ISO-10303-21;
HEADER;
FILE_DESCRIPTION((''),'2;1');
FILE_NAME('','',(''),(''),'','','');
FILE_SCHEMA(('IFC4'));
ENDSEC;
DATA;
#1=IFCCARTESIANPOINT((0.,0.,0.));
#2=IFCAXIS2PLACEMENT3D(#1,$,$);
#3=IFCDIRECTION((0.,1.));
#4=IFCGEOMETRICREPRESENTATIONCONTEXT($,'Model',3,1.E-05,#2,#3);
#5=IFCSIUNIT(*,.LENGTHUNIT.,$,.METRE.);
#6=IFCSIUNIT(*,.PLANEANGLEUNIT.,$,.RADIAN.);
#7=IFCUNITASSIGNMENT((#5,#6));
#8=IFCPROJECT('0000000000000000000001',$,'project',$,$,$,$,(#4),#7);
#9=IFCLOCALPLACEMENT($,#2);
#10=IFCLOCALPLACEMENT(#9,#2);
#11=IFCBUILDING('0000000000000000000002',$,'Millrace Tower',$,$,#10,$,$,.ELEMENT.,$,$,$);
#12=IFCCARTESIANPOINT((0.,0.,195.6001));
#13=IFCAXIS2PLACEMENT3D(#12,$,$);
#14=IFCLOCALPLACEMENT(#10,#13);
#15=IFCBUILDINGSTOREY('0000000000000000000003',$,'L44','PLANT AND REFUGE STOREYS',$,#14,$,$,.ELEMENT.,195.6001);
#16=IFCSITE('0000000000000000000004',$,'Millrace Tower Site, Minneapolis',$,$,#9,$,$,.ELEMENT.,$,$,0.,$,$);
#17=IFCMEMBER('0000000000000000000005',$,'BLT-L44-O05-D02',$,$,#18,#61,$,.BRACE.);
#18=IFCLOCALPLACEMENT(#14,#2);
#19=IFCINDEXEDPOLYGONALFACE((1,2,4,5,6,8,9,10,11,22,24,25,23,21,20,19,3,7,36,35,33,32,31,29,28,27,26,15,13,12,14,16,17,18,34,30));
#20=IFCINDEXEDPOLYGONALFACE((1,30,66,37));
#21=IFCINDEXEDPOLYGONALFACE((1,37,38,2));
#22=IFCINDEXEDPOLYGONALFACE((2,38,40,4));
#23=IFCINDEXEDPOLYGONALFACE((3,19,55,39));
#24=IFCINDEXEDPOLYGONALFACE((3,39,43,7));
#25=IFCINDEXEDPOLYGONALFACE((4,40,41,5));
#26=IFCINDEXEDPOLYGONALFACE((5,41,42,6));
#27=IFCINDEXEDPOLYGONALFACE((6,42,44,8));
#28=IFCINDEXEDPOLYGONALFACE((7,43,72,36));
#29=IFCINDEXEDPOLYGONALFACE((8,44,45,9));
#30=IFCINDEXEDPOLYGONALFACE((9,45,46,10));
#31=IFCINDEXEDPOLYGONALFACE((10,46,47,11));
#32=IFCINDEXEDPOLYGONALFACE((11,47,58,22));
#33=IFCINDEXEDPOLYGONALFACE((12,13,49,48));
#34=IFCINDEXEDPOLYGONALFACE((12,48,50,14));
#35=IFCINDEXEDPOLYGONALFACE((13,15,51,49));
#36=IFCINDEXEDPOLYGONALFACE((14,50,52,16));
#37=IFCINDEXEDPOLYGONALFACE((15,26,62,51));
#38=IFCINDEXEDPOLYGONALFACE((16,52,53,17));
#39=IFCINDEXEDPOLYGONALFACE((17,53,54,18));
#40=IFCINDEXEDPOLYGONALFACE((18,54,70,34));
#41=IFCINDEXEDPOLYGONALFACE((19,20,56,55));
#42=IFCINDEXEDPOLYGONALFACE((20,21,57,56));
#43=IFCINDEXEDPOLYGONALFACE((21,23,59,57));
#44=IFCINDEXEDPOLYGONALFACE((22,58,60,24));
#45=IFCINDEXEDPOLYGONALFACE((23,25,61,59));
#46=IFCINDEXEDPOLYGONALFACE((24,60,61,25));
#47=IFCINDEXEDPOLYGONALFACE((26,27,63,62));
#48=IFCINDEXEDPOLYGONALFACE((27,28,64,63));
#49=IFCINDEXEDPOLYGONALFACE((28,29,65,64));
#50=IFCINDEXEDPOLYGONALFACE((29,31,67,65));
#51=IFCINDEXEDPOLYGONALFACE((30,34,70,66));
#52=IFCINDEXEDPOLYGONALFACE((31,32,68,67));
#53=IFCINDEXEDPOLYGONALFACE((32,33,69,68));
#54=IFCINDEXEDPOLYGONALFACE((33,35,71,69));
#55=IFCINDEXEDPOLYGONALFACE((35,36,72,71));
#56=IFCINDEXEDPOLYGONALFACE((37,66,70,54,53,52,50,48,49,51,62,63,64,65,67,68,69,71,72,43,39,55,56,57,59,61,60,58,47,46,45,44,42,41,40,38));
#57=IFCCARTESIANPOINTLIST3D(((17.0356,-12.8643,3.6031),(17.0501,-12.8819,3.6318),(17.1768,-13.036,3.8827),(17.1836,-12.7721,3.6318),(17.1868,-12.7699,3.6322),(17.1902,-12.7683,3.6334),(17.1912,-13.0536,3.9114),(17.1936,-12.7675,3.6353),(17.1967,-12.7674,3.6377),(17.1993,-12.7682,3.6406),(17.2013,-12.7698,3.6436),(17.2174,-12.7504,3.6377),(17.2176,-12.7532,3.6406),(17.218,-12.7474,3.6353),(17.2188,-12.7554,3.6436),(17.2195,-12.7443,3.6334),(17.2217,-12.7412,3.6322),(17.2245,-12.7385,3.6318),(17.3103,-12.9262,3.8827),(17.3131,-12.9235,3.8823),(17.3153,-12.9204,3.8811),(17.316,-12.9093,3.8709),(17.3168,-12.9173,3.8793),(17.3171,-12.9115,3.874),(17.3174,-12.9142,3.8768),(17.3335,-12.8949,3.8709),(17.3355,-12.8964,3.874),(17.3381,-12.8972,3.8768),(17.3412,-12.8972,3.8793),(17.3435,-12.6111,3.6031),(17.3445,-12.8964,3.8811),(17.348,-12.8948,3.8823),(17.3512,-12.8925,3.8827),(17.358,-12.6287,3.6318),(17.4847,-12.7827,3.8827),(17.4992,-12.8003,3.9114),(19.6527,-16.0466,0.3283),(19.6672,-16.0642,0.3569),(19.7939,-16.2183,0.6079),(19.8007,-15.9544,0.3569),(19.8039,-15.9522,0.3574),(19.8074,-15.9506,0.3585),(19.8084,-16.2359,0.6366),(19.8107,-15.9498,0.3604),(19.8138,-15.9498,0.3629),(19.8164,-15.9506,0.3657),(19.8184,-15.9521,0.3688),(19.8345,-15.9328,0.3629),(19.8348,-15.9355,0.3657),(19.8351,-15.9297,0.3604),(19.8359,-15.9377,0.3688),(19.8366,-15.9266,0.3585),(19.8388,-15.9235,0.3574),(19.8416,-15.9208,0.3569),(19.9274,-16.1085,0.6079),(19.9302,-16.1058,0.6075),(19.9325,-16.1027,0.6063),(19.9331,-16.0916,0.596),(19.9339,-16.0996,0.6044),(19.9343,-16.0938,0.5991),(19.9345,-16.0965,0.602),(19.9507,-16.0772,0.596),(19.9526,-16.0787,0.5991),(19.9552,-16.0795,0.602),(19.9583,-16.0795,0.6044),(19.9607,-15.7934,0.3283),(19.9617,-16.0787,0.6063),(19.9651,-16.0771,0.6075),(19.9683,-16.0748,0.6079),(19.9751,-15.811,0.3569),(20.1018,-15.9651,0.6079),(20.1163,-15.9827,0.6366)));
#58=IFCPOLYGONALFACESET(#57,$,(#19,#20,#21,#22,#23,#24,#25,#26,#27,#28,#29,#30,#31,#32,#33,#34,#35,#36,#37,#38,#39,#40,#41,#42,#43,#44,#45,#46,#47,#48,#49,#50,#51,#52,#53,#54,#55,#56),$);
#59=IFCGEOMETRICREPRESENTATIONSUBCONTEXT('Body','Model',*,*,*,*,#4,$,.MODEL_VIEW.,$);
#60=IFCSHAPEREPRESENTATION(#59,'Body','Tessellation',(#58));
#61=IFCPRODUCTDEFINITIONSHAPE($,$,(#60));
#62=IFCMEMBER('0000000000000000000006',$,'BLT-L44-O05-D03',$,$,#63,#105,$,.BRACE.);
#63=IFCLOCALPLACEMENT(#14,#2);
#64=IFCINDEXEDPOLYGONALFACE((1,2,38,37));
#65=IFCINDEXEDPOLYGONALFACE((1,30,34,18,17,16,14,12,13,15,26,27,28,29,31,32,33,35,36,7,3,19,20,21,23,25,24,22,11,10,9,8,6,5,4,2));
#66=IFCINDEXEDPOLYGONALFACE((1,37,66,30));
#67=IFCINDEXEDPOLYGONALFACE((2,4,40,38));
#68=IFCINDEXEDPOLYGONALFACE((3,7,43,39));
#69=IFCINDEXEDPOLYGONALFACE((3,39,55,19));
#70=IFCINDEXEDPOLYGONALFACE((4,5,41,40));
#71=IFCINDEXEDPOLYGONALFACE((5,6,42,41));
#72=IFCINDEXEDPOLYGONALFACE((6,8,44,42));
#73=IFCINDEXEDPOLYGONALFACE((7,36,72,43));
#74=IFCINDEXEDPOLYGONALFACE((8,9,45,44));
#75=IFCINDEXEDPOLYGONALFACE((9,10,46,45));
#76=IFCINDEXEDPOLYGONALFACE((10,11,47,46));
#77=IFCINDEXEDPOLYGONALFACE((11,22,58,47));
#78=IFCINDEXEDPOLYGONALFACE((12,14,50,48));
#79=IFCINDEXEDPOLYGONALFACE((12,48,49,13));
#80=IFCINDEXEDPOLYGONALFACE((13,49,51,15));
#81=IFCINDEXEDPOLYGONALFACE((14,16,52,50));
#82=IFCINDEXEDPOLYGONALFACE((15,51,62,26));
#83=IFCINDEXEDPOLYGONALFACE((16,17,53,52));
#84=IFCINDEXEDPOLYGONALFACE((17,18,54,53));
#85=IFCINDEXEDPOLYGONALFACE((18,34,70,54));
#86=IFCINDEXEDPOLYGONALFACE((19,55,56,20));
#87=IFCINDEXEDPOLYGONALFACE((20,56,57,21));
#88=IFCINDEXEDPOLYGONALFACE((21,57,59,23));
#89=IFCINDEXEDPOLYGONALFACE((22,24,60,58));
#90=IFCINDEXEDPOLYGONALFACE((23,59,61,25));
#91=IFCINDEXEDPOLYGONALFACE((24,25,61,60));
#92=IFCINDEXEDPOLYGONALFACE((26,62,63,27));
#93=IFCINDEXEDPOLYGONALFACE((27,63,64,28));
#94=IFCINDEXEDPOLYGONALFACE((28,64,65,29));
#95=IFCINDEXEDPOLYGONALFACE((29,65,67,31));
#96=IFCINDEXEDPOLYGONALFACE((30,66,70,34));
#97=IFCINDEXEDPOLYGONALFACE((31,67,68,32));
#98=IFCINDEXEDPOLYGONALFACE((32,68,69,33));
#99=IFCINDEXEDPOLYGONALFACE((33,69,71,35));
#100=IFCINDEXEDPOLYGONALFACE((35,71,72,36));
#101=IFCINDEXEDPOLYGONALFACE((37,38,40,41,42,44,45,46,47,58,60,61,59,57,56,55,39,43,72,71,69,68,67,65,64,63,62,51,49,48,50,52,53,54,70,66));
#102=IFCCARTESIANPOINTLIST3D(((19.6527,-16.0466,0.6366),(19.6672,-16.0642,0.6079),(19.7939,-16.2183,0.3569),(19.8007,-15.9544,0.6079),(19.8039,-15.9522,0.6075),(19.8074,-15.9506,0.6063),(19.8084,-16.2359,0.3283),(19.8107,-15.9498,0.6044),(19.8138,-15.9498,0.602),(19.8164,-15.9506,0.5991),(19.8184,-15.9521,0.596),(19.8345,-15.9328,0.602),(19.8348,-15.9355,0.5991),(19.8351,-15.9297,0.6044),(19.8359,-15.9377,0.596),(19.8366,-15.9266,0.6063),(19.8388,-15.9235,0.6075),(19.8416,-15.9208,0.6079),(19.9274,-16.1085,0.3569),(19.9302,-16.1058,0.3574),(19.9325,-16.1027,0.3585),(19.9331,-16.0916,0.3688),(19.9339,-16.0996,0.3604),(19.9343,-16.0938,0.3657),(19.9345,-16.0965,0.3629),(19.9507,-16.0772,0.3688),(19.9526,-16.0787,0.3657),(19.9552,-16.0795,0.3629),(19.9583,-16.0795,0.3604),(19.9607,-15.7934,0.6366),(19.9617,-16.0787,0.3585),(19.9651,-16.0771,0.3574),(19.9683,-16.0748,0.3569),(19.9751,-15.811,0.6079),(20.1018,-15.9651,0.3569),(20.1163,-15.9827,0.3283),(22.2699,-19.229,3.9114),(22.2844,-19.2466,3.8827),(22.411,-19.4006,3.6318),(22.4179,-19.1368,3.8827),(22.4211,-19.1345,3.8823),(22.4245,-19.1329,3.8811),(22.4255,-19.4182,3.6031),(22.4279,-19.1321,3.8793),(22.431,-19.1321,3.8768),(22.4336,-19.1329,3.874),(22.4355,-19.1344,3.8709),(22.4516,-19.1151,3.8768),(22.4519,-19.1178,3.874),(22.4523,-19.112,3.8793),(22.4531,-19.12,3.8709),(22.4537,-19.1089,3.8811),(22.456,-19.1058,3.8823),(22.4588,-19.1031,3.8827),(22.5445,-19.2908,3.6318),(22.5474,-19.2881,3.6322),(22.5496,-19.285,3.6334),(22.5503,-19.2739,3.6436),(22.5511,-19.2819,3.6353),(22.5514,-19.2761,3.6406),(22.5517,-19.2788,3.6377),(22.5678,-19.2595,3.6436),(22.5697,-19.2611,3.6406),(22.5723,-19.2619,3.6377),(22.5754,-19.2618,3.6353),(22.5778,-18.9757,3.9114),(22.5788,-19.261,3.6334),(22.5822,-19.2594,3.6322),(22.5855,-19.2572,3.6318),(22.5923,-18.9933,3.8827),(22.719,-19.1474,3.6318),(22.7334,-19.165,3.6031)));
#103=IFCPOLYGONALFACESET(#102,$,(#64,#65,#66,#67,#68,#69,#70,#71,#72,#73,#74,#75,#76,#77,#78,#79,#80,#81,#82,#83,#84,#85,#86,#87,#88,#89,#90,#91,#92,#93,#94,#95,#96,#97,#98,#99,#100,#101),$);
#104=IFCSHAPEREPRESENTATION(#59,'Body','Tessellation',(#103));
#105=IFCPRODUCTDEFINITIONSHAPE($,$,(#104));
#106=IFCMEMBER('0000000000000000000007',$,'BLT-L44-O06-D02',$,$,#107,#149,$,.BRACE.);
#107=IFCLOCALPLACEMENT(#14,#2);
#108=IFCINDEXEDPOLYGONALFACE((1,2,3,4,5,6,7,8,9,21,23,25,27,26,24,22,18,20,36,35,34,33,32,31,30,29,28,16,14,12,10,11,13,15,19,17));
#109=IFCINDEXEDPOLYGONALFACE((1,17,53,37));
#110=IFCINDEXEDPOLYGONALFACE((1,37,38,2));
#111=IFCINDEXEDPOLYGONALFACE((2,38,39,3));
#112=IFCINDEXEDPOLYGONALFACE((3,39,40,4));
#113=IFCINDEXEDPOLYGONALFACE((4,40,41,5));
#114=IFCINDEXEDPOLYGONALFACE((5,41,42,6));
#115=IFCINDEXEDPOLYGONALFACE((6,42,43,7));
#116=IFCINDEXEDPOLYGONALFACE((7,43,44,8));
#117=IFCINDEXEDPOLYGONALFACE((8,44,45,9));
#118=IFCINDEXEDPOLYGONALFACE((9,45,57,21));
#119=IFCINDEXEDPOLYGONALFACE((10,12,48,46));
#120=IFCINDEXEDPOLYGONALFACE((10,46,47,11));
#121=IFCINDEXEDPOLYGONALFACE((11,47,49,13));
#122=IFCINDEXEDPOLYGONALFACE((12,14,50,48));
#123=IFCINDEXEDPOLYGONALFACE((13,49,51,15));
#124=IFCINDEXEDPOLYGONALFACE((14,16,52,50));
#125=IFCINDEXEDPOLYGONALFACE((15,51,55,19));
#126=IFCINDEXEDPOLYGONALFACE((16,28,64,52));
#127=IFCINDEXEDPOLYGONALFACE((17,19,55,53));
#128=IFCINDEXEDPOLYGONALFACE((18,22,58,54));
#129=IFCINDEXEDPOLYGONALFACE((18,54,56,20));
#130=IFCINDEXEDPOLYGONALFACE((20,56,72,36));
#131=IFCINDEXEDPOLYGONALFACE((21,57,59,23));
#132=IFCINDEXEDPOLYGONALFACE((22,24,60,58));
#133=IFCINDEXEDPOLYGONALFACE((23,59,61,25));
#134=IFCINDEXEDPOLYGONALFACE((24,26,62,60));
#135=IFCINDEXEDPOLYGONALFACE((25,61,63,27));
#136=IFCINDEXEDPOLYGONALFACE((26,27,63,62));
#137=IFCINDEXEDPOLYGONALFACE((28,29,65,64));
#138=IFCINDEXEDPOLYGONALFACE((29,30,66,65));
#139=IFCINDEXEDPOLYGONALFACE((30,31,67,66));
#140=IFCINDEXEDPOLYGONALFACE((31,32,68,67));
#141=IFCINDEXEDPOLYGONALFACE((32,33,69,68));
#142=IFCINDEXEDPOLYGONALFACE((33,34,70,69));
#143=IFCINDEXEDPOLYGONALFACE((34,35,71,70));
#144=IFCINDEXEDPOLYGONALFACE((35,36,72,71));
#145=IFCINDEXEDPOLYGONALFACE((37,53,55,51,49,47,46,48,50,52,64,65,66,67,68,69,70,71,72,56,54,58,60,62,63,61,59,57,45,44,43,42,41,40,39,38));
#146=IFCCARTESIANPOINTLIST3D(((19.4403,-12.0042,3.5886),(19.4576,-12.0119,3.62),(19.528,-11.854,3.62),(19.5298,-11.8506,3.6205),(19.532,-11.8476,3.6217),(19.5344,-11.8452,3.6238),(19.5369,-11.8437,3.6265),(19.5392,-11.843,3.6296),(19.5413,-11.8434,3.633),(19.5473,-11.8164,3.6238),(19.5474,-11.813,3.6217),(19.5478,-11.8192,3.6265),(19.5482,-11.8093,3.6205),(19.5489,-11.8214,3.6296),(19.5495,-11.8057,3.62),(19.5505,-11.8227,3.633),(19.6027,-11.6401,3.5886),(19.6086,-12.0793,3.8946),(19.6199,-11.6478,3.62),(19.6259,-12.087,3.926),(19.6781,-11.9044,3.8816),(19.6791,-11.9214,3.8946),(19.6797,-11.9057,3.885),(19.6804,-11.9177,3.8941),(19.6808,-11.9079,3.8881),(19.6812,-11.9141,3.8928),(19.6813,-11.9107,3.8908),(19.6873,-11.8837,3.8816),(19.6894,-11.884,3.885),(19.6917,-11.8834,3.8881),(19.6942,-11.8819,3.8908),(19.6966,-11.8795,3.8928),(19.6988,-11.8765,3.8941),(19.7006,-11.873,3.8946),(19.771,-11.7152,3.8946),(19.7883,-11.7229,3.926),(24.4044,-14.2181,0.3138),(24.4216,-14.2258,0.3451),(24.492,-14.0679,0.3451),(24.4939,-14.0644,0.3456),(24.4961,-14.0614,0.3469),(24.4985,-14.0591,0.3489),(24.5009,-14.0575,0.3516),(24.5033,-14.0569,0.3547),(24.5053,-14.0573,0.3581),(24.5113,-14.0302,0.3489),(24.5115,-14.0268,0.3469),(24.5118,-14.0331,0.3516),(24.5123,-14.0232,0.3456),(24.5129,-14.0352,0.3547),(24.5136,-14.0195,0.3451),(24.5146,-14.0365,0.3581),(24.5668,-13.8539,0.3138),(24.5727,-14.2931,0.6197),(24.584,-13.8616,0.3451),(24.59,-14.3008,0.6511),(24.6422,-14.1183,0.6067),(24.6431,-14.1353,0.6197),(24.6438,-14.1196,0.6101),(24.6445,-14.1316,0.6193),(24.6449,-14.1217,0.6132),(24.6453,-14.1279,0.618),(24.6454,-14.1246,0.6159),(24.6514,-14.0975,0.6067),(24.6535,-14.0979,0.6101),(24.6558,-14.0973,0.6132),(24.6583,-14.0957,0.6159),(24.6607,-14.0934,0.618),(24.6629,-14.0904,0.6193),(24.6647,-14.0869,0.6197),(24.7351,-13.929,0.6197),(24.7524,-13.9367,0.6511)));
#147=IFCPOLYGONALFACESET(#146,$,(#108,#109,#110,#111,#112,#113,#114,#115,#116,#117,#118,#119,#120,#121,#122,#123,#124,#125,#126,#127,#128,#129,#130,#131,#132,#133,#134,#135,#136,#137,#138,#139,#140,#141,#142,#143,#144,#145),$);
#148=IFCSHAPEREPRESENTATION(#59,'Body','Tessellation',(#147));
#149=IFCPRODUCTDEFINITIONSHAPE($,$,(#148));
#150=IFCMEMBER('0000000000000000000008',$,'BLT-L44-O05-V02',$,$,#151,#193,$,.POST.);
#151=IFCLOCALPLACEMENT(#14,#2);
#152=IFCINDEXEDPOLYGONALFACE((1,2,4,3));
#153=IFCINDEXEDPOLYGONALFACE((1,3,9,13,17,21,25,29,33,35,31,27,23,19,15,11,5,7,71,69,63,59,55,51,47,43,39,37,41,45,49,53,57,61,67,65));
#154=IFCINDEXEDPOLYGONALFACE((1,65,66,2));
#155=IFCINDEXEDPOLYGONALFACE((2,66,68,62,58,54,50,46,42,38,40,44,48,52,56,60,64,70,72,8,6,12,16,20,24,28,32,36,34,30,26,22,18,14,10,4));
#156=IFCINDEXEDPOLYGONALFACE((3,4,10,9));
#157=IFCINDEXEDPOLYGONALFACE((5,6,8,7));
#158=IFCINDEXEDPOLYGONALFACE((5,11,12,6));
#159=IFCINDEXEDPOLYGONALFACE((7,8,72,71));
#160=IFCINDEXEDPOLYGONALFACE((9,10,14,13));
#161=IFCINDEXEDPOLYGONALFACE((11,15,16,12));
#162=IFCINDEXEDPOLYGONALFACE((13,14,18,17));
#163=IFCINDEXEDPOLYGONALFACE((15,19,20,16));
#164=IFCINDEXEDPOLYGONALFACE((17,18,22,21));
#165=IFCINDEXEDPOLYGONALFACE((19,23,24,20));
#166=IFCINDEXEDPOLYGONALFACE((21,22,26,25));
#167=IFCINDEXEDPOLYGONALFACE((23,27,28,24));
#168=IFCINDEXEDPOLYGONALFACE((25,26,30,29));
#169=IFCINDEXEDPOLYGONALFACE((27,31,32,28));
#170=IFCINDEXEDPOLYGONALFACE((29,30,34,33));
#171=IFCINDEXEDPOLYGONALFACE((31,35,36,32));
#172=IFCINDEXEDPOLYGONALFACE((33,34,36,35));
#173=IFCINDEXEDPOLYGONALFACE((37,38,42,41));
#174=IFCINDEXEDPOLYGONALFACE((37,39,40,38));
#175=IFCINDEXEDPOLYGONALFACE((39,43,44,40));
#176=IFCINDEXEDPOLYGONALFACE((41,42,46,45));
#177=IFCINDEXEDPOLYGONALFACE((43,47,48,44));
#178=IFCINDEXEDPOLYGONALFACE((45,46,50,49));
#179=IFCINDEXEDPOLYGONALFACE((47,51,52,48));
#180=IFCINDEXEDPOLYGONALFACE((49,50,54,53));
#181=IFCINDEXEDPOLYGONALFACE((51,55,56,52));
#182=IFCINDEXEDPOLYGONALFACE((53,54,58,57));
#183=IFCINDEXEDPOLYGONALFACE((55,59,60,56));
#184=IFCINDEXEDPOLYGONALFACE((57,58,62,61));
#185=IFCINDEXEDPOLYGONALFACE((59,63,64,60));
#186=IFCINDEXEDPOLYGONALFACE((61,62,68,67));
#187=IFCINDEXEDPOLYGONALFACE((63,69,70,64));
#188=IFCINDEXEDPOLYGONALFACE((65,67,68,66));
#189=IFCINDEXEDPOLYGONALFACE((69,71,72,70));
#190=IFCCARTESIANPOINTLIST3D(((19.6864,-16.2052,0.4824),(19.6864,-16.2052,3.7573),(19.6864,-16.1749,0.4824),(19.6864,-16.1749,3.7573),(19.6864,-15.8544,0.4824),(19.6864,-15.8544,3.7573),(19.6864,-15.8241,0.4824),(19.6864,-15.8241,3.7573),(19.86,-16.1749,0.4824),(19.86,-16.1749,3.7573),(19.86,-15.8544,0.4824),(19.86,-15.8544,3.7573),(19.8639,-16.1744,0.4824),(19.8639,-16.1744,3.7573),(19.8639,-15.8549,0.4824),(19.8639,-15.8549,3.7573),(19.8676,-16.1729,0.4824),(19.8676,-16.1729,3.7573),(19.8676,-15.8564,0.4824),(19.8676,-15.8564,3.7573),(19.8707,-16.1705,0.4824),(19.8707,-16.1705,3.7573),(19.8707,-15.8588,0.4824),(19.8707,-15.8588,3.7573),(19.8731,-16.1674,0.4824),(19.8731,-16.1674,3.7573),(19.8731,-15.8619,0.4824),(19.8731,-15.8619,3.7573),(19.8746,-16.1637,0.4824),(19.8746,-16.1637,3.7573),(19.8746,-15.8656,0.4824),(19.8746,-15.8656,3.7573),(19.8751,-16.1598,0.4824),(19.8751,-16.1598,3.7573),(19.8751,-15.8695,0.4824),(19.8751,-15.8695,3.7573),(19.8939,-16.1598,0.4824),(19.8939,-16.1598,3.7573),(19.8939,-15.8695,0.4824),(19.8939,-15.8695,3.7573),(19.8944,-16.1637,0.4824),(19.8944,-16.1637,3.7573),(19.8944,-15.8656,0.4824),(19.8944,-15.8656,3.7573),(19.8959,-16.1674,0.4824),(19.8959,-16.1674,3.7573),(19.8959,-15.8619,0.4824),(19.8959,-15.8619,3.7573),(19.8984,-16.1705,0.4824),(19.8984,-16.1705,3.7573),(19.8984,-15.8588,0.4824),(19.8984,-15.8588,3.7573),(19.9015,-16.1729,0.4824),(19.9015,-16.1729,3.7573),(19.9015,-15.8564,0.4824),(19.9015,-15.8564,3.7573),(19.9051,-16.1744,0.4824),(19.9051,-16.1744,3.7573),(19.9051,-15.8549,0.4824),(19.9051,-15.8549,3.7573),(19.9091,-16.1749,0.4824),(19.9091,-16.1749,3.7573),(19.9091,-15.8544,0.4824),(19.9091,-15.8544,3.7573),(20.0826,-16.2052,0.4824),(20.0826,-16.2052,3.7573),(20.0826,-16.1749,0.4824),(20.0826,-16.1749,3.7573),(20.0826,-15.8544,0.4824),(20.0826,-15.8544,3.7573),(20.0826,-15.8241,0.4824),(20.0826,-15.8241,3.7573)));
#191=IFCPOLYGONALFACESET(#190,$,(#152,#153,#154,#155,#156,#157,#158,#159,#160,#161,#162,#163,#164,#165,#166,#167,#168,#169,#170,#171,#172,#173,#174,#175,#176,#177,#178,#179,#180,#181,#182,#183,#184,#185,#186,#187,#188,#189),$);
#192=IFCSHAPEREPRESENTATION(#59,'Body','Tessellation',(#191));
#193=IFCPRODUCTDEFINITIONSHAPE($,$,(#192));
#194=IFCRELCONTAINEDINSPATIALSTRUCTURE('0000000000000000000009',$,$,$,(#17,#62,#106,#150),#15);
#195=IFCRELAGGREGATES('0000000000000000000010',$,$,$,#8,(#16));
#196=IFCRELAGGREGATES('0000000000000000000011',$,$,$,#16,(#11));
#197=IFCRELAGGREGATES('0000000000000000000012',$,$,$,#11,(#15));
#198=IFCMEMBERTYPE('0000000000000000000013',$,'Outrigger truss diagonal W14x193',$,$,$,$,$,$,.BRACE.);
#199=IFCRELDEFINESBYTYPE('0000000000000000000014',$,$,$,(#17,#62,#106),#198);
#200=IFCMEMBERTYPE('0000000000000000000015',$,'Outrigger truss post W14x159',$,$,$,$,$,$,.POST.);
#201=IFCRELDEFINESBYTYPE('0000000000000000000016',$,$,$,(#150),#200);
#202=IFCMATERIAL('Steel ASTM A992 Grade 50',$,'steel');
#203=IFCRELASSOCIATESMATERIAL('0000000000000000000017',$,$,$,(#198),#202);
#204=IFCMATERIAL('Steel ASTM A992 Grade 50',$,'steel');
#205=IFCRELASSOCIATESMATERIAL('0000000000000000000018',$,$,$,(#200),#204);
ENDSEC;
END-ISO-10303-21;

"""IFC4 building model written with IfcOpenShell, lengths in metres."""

from ifc_helpers import new_model, si_unit, direction, frame, origin, origin_2d, place, context, subcontext, project, spatial, i_section, extrude, material, material_profile, profile_set, type_object, element, save


model = new_model("IFC4")

# Units and contexts
model_context = context("Model", 3, precision=1e-05, world=origin(), true_north=direction((0.0, 1.0)))
body_context = subcontext(model_context, "Body", "Model", "MODEL_VIEW")
ifc_project = project(units=[si_unit("LENGTHUNIT", "METRE"), si_unit("PLANEANGLEUNIT", "RADIAN")], contexts=[model_context])

# Site, building, storey
site_placement = place(None, origin())
site = spatial("IfcSite", under=ifc_project, at=site_placement, Name="Millrace Tower Site, Minneapolis", CompositionType="ELEMENT", RefElevation=0.0)
building_placement = place(site_placement, origin())
building = spatial("IfcBuilding", under=site, at=building_placement, Name="Millrace Tower", CompositionType="ELEMENT")
storey_placement = place(building_placement, frame((0.0, 0.0, 195.6001)))
storey = spatial("IfcBuildingStorey", under=building, at=storey_placement, Name="L44", Description="PLANT AND REFUGE STOREYS", CompositionType="ELEMENT", Elevation=195.6001)

# Members
ifc_material_1 = material(Name="Steel ASTM A992 Grade 50", Category="steel")
ifc_material_profile_1 = material_profile(ifc_material_1, i_section(OverallWidth=0.3987, OverallDepth=0.3938, WebThickness=0.0227, FlangeThickness=0.0366, FilletRadius=0.0151, at=origin_2d()))
ifc_profile_set_1 = profile_set([ifc_material_profile_1], Name="Steel ASTM A992 Grade 50")
member_type_1 = type_object("IfcMemberType", Name="Outrigger truss diagonal W14x193", PredefinedType="BRACE", material=ifc_profile_set_1)
for number, where, z_axis, x_axis, name in (
    (1, (19.8845, -16.0146, 0.4824), (-0.497254, 0.604636, 0.622217), (-0.772358, -0.635188, 0.0), "BLT-L44-O05-D02"),
    (2, (19.8845, -16.0146, 0.4824), (0.497254, -0.604636, 0.622217), (0.772358, 0.635188, 0.0), "BLT-L44-O05-D03"),
):
    element("IfcMember", number, at=place(storey_placement, frame(where, z_axis=z_axis, x_axis=x_axis)), inside=storey, type_object=member_type_1, Name=name, PredefinedType="BRACE", context=body_context, shape_type="SweptSolid", body=[
        extrude(i_section(OverallWidth=0.3987, OverallDepth=0.3938, WebThickness=0.0227, FlangeThickness=0.0366, FilletRadius=0.0151, at=origin_2d()), origin(), (0.0, 0.0, 1.0), 5.2632),
    ])
member_1_placement = place(storey_placement, frame((24.5784, -14.0774, 0.4824), z_axis=(-0.782273, 0.348874, 0.516078), x_axis=(-0.407305, -0.913292, 0.0)))
element("IfcMember", 3, at=member_1_placement, inside=storey, type_object=member_type_1, Name="BLT-L44-O06-D02", PredefinedType="BRACE", context=body_context, shape_type="SweptSolid", body=[
    extrude(i_section(OverallWidth=0.3987, OverallDepth=0.3938, WebThickness=0.0227, FlangeThickness=0.0366, FilletRadius=0.0151, at=origin_2d()), origin(), (0.0, 0.0, 1.0), 6.3457),
])
ifc_material_2 = material(Name="Steel ASTM A992 Grade 50", Category="steel")
ifc_material_profile_2 = material_profile(ifc_material_2, i_section(OverallWidth=0.3962, OverallDepth=0.3811, WebThickness=0.0188, FlangeThickness=0.0303, FilletRadius=0.0151, at=origin_2d()))
ifc_profile_set_2 = profile_set([ifc_material_profile_2], Name="Steel ASTM A992 Grade 50")
member_type_2 = type_object("IfcMemberType", Name="Outrigger truss post W14x159", PredefinedType="POST", material=ifc_profile_set_2)
for number, where, z_axis, x_axis, name in (
    (4, (19.8845, -16.0146, 0.4824), (0.0, 0.0, 1.0), (1.0, 0.0, 0.0), "BLT-L44-O05-V02"),
):
    element("IfcMember", number, at=place(storey_placement, frame(where, z_axis=z_axis, x_axis=x_axis)), inside=storey, type_object=member_type_2, Name=name, PredefinedType="POST", context=body_context, shape_type="SweptSolid", body=[
        extrude(i_section(OverallWidth=0.3962, OverallDepth=0.3811, WebThickness=0.0188, FlangeThickness=0.0303, FilletRadius=0.0151, at=origin_2d()), origin(), (0.0, 0.0, 1.0), 3.2749),
    ])

save(model, "model.ifc")
